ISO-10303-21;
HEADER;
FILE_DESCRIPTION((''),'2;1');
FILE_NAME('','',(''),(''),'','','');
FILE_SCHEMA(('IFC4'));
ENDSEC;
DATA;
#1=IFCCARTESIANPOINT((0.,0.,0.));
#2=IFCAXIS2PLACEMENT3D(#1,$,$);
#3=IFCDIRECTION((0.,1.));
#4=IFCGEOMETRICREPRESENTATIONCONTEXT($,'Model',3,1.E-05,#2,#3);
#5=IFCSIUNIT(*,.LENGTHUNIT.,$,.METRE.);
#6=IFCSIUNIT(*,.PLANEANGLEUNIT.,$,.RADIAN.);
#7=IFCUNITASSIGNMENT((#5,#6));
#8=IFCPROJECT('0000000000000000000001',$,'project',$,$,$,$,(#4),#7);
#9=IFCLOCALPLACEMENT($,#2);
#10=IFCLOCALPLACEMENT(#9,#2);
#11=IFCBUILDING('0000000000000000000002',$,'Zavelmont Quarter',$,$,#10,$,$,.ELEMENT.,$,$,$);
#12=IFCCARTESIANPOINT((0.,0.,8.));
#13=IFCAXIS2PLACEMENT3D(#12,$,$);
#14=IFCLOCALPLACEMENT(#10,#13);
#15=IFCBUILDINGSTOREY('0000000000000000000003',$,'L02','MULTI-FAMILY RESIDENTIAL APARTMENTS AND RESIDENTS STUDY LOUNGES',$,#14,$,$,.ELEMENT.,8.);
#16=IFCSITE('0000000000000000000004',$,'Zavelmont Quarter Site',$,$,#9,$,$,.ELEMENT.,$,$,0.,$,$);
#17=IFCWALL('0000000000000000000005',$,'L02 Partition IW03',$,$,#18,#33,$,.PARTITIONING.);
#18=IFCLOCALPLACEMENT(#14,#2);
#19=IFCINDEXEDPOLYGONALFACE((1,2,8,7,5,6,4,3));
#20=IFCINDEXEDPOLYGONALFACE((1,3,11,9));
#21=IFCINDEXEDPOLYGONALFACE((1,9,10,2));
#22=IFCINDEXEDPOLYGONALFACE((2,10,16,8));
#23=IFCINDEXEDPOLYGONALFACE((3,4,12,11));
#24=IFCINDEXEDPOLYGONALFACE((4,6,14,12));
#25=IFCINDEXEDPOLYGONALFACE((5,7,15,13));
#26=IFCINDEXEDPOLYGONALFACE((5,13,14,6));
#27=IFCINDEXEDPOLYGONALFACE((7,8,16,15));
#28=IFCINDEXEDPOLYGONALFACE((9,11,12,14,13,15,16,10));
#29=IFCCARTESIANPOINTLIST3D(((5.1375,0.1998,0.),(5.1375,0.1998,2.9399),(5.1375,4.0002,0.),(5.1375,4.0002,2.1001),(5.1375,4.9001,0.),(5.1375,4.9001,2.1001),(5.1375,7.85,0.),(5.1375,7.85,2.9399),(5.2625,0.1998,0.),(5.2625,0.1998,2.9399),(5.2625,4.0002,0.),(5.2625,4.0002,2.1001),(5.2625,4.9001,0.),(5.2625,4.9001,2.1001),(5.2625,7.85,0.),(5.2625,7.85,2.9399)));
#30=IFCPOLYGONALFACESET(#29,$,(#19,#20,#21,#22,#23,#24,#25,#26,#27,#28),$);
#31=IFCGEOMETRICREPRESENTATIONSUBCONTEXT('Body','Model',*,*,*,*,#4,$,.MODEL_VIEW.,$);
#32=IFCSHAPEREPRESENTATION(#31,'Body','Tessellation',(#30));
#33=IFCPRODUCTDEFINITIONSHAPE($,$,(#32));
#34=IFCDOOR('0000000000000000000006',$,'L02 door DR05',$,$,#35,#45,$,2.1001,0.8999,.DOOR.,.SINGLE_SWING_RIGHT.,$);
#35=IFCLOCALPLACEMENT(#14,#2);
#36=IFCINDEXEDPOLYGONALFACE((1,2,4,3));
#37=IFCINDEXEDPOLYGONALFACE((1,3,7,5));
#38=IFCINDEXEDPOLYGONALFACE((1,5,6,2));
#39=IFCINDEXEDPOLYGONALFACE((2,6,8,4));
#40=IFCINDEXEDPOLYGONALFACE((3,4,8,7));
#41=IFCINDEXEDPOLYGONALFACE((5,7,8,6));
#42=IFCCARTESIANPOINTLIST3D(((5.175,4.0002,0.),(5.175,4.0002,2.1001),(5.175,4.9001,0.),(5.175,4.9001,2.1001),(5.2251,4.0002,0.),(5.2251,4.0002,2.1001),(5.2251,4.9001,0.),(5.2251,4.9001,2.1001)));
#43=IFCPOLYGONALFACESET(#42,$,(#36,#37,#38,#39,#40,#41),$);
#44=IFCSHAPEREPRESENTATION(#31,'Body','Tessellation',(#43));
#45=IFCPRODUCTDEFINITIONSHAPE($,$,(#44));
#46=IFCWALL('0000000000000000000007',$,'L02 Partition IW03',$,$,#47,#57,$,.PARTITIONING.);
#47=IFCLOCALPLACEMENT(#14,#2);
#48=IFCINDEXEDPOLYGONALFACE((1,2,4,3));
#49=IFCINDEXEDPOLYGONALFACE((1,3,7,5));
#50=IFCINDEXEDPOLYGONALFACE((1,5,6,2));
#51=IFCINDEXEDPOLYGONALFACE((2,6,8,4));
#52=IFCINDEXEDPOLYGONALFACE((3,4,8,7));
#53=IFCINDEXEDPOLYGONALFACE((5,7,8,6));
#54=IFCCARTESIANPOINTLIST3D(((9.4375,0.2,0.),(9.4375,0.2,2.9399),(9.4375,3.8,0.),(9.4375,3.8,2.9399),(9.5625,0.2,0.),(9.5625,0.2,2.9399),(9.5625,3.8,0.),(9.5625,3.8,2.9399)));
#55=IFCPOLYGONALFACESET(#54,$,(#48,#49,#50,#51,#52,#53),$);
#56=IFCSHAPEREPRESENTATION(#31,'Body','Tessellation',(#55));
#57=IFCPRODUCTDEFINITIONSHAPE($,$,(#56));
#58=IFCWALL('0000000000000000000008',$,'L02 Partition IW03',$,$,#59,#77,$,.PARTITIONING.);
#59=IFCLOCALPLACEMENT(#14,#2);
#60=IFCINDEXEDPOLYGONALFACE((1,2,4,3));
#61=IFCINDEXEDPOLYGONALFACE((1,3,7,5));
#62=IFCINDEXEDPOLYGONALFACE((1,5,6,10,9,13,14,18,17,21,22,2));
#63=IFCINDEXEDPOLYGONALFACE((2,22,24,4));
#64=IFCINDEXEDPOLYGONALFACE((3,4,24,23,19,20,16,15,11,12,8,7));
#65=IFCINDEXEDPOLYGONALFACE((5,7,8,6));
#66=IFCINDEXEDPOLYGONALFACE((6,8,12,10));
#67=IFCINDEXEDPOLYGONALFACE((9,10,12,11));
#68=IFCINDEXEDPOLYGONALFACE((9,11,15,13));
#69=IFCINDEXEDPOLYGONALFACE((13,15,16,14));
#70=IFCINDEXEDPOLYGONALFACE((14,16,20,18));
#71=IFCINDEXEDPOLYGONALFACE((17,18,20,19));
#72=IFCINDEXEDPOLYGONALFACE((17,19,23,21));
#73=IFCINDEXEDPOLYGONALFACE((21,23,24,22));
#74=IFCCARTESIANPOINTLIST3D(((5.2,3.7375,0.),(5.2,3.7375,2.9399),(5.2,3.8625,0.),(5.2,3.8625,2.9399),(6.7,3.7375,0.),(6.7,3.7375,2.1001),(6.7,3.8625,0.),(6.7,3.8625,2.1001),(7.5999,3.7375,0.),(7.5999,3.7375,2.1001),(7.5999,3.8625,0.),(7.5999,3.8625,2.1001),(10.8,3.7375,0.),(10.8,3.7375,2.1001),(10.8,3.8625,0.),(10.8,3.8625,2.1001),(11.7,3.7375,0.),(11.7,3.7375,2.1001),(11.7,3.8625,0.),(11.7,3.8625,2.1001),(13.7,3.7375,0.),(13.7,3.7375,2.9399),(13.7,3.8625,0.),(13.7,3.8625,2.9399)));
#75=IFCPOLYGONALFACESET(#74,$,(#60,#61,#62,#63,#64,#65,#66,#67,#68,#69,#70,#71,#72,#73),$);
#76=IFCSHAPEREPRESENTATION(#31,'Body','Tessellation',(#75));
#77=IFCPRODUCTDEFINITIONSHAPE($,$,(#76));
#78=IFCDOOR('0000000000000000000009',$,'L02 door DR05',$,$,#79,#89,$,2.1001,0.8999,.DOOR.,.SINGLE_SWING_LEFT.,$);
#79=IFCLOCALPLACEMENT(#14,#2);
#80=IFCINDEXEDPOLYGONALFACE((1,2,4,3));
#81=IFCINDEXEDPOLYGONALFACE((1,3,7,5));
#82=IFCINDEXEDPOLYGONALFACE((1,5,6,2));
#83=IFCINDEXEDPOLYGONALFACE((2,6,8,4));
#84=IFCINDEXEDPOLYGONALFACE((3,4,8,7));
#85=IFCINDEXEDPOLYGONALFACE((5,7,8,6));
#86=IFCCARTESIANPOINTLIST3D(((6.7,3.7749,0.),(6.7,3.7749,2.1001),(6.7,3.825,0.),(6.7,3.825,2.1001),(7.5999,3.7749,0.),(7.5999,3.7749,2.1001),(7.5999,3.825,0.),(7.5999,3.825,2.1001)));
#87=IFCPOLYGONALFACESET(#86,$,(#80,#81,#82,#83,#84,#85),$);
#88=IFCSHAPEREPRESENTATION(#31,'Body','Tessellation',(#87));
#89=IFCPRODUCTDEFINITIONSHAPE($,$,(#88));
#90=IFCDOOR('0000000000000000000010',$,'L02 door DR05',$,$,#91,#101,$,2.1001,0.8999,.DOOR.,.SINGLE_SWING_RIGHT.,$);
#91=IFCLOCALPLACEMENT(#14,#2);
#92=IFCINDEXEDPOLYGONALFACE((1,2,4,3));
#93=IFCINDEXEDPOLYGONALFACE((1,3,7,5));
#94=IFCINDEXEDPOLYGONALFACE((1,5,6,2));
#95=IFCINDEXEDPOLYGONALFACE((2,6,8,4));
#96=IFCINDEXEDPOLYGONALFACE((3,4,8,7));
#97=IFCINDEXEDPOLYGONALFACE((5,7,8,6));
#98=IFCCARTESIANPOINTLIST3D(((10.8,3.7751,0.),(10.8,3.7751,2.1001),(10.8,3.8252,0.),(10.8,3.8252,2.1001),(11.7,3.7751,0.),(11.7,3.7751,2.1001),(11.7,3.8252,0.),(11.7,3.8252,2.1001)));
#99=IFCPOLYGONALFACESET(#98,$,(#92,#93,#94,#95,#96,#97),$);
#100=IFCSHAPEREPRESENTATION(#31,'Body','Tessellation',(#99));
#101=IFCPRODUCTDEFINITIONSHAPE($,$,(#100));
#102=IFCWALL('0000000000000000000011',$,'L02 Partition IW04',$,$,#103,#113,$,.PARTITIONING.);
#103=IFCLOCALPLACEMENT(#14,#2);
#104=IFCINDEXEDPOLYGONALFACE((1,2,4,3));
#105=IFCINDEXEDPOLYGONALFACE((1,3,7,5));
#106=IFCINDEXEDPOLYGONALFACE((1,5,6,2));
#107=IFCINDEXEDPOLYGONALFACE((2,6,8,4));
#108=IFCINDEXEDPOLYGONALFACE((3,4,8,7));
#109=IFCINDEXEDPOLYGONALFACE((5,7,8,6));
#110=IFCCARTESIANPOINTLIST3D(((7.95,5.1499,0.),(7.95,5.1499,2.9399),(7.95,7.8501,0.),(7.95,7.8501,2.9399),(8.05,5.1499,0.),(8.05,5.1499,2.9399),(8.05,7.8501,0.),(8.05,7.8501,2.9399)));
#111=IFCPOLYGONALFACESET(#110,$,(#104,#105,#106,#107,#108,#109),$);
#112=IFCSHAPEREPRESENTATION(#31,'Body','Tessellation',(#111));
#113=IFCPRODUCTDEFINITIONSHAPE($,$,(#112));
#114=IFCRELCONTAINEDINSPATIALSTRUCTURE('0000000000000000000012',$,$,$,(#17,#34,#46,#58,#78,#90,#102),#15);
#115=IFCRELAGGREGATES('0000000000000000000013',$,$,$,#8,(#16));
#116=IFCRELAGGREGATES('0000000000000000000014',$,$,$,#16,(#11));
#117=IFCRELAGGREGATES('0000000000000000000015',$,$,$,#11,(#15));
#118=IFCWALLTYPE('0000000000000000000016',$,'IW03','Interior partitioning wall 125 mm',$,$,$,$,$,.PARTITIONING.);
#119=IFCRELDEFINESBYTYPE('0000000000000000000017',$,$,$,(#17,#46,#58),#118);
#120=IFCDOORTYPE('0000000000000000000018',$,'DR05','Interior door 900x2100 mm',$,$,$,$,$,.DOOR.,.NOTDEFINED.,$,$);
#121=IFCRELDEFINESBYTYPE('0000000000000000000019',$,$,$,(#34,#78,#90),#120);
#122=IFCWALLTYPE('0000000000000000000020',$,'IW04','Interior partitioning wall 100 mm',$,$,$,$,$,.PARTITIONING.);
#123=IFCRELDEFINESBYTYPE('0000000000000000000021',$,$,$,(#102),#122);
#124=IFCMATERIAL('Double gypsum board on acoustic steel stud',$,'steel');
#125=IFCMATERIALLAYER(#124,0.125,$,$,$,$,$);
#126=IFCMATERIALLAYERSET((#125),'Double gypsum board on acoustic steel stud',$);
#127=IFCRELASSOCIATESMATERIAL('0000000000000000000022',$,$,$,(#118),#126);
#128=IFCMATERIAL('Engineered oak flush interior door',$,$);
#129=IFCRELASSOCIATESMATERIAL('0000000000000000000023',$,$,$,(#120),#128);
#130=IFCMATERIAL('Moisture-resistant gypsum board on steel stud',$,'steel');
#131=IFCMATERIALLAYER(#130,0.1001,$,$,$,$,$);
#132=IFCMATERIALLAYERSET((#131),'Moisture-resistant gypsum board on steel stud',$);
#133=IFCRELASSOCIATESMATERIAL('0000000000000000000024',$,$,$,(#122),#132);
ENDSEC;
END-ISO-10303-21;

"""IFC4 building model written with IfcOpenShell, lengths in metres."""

from ifc_helpers import new_model, si_unit, direction, frame, frame_2d, origin, origin_with_axes, place, context, subcontext, project, spatial, rectangle, extrude, material, layer, layer_set, type_object, element, fill, save


model = new_model("IFC4")

# Units and contexts
model_context = context("Model", 3, precision=1e-05, world=origin(), true_north=direction((0.0, 1.0)))
body_context = subcontext(model_context, "Body", "Model", "MODEL_VIEW")
ifc_project = project(units=[si_unit("LENGTHUNIT", "METRE"), si_unit("PLANEANGLEUNIT", "RADIAN")], contexts=[model_context])

# Site, building, storey
site_placement = place(None, origin())
site = spatial("IfcSite", under=ifc_project, at=site_placement, Name="Zavelmont Quarter Site", CompositionType="ELEMENT", RefElevation=0.0)
building_placement = place(site_placement, origin())
building = spatial("IfcBuilding", under=site, at=building_placement, Name="Zavelmont Quarter", CompositionType="ELEMENT")
storey_placement = place(building_placement, frame((0.0, 0.0, 8.0)))
storey = spatial("IfcBuildingStorey", under=building, at=storey_placement, Name="L02", Description="MULTI-FAMILY RESIDENTIAL APARTMENTS AND RESIDENTS STUDY LOUNGES", CompositionType="ELEMENT", Elevation=8.0)

# Wall, opening, door
ifc_material_1 = material(Name="Double gypsum board on acoustic steel stud", Category="steel")
ifc_layer_1 = layer(ifc_material_1, 0.125)
ifc_layer_set_1 = layer_set([ifc_layer_1], Name="Double gypsum board on acoustic steel stud")
wall_type_1 = type_object("IfcWallType", Name="IW03", Description="Interior partitioning wall 125 mm", PredefinedType="PARTITIONING", material=ifc_layer_set_1)
wall_1_placement = place(storey_placement, frame((5.2, 7.8501, 0.0), z_axis=(0.0, 0.0, 1.0), x_axis=(0.0, -1.0, 0.0)))
wall_1 = element("IfcWall", 1, at=wall_1_placement, inside=storey, type_object=wall_type_1, Name="L02 Partition IW03", PredefinedType="PARTITIONING", context=body_context, shape_type="SweptSolid", body=[
    extrude(rectangle(XDim=7.6501, YDim=0.125, at=frame_2d((3.8252, 0.0))), origin(), (0.0, 0.0, 1.0), 2.9399),
])
opening_1_placement = place(wall_1_placement, frame((2.95, 0.0, 0.0)))
opening_1 = element("IfcOpeningElement", 2, at=opening_1_placement, cuts=wall_1, PredefinedType="OPENING", context=body_context, shape_type="SweptSolid", body=[
    extrude(rectangle(XDim=0.8999, YDim=2.1001, at=frame_2d((0.45, 1.05))), frame((0.0, 0.0745, 0.0), z_axis=(0.0, -1.0, 0.0), x_axis=(1.0, 0.0, 0.0)), (0.0, 0.0, 1.0), 0.1489),
])
ifc_material_2 = material(Name="Engineered oak flush interior door")
door_type_1 = type_object("IfcDoorType", Name="DR05", Description="Interior door 900x2100 mm", OperationType="NOTDEFINED", PredefinedType="DOOR", material=ifc_material_2)
door_1_placement = place(opening_1_placement, frame((0.8999, 0.0, 0.0), z_axis=(0.0, 0.0, 1.0), x_axis=(-1.0, 0.0, 0.0)))
door_1 = element("IfcDoor", 3, at=door_1_placement, inside=storey, type_object=door_type_1, Name="L02 door DR05", OperationType="SINGLE_SWING_RIGHT", OverallHeight=2.1001, OverallWidth=0.8999, PredefinedType="DOOR", context=body_context, shape_type="SweptSolid", body=[
    extrude(rectangle(XDim=0.8999, YDim=2.1001, at=frame_2d((0.45, 1.05))), frame((0.0, 0.0249, 0.0), z_axis=(0.0, -1.0, 0.0), x_axis=(1.0, 0.0, 0.0)), (0.0, 0.0, 1.0), 0.05),
])
fill(opening_1, door_1)

# Wall
wall_2_placement = place(storey_placement, frame((9.5, 3.8, 0.0), z_axis=(0.0, 0.0, 1.0), x_axis=(0.0, -1.0, 0.0)))
element("IfcWall", 4, at=wall_2_placement, inside=storey, type_object=wall_type_1, Name="L02 Partition IW03", PredefinedType="PARTITIONING", context=body_context, shape_type="SweptSolid", body=[
    extrude(rectangle(XDim=3.6001, YDim=0.125, at=frame_2d((1.8, 0.0))), origin(), (0.0, 0.0, 1.0), 2.9399),
])

# Wall, openings, doors
wall_3_placement = place(storey_placement, frame((5.2, 3.8, 0.0), z_axis=(0.0, 0.0, 1.0), x_axis=(1.0, 0.0, 0.0)))
wall_3 = element("IfcWall", 5, at=wall_3_placement, inside=storey, type_object=wall_type_1, Name="L02 Partition IW03", PredefinedType="PARTITIONING", context=body_context, shape_type="SweptSolid", body=[
    extrude(rectangle(XDim=8.5, YDim=0.125, at=frame_2d((4.25, 0.0))), origin(), (0.0, 0.0, 1.0), 2.9399),
])
opening_2_placement = place(wall_3_placement, frame((1.5, 0.0, 0.0)))
opening_2 = element("IfcOpeningElement", 6, at=opening_2_placement, cuts=wall_3, PredefinedType="OPENING", context=body_context, shape_type="SweptSolid", body=[
    extrude(rectangle(XDim=0.8999, YDim=2.1001, at=frame_2d((0.45, 1.05))), frame((0.0, 0.0745, 0.0), z_axis=(0.0, -1.0, 0.0), x_axis=(1.0, 0.0, 0.0)), (0.0, 0.0, 1.0), 0.1489),
])
opening_3_placement = place(wall_3_placement, frame((5.6001, 0.0, 0.0)))
opening_3 = element("IfcOpeningElement", 7, at=opening_3_placement, cuts=wall_3, PredefinedType="OPENING", context=body_context, shape_type="SweptSolid", body=[
    extrude(rectangle(XDim=0.8999, YDim=2.1001, at=frame_2d((0.45, 1.05))), frame((0.0, 0.0745, 0.0), z_axis=(0.0, -1.0, 0.0), x_axis=(1.0, 0.0, 0.0)), (0.0, 0.0, 1.0), 0.1489),
])
door_2_placement = place(opening_2_placement, origin_with_axes())
door_2 = element("IfcDoor", 8, at=door_2_placement, inside=storey, type_object=door_type_1, Name="L02 door DR05", OperationType="SINGLE_SWING_LEFT", OverallHeight=2.1001, OverallWidth=0.8999, PredefinedType="DOOR", context=body_context, shape_type="SweptSolid", body=[
    extrude(rectangle(XDim=0.8999, YDim=2.1001, at=frame_2d((0.45, 1.05))), frame((0.0, 0.0249, 0.0), z_axis=(0.0, -1.0, 0.0), x_axis=(1.0, 0.0, 0.0)), (0.0, 0.0, 1.0), 0.05),
])
fill(opening_2, door_2)
door_3_placement = place(opening_3_placement, frame((0.8999, 0.0, 0.0), z_axis=(0.0, 0.0, 1.0), x_axis=(-1.0, 0.0, 0.0)))
door_3 = element("IfcDoor", 9, at=door_3_placement, inside=storey, type_object=door_type_1, Name="L02 door DR05", OperationType="SINGLE_SWING_RIGHT", OverallHeight=2.1001, OverallWidth=0.8999, PredefinedType="DOOR", context=body_context, shape_type="SweptSolid", body=[
    extrude(rectangle(XDim=0.8999, YDim=2.1001, at=frame_2d((0.45, 1.05))), frame((0.0, 0.0249, 0.0), z_axis=(0.0, -1.0, 0.0), x_axis=(1.0, 0.0, 0.0)), (0.0, 0.0, 1.0), 0.05),
])
fill(opening_3, door_3)

# Wall
ifc_material_3 = material(Name="Moisture-resistant gypsum board on steel stud", Category="steel")
ifc_layer_2 = layer(ifc_material_3, 0.1001)
ifc_layer_set_2 = layer_set([ifc_layer_2], Name="Moisture-resistant gypsum board on steel stud")
wall_type_2 = type_object("IfcWallType", Name="IW04", Description="Interior partitioning wall 100 mm", PredefinedType="PARTITIONING", material=ifc_layer_set_2)
wall_4_placement = place(storey_placement, frame((8.0, 7.8501, 0.0), z_axis=(0.0, 0.0, 1.0), x_axis=(0.0, -1.0, 0.0)))
element("IfcWall", 10, at=wall_4_placement, inside=storey, type_object=wall_type_2, Name="L02 Partition IW04", PredefinedType="PARTITIONING", context=body_context, shape_type="SweptSolid", body=[
    extrude(rectangle(XDim=2.7002, YDim=0.1001, at=frame_2d((1.3501, 0.0))), origin(), (0.0, 0.0, 1.0), 2.9399),
])

save(model, "model.ifc")
